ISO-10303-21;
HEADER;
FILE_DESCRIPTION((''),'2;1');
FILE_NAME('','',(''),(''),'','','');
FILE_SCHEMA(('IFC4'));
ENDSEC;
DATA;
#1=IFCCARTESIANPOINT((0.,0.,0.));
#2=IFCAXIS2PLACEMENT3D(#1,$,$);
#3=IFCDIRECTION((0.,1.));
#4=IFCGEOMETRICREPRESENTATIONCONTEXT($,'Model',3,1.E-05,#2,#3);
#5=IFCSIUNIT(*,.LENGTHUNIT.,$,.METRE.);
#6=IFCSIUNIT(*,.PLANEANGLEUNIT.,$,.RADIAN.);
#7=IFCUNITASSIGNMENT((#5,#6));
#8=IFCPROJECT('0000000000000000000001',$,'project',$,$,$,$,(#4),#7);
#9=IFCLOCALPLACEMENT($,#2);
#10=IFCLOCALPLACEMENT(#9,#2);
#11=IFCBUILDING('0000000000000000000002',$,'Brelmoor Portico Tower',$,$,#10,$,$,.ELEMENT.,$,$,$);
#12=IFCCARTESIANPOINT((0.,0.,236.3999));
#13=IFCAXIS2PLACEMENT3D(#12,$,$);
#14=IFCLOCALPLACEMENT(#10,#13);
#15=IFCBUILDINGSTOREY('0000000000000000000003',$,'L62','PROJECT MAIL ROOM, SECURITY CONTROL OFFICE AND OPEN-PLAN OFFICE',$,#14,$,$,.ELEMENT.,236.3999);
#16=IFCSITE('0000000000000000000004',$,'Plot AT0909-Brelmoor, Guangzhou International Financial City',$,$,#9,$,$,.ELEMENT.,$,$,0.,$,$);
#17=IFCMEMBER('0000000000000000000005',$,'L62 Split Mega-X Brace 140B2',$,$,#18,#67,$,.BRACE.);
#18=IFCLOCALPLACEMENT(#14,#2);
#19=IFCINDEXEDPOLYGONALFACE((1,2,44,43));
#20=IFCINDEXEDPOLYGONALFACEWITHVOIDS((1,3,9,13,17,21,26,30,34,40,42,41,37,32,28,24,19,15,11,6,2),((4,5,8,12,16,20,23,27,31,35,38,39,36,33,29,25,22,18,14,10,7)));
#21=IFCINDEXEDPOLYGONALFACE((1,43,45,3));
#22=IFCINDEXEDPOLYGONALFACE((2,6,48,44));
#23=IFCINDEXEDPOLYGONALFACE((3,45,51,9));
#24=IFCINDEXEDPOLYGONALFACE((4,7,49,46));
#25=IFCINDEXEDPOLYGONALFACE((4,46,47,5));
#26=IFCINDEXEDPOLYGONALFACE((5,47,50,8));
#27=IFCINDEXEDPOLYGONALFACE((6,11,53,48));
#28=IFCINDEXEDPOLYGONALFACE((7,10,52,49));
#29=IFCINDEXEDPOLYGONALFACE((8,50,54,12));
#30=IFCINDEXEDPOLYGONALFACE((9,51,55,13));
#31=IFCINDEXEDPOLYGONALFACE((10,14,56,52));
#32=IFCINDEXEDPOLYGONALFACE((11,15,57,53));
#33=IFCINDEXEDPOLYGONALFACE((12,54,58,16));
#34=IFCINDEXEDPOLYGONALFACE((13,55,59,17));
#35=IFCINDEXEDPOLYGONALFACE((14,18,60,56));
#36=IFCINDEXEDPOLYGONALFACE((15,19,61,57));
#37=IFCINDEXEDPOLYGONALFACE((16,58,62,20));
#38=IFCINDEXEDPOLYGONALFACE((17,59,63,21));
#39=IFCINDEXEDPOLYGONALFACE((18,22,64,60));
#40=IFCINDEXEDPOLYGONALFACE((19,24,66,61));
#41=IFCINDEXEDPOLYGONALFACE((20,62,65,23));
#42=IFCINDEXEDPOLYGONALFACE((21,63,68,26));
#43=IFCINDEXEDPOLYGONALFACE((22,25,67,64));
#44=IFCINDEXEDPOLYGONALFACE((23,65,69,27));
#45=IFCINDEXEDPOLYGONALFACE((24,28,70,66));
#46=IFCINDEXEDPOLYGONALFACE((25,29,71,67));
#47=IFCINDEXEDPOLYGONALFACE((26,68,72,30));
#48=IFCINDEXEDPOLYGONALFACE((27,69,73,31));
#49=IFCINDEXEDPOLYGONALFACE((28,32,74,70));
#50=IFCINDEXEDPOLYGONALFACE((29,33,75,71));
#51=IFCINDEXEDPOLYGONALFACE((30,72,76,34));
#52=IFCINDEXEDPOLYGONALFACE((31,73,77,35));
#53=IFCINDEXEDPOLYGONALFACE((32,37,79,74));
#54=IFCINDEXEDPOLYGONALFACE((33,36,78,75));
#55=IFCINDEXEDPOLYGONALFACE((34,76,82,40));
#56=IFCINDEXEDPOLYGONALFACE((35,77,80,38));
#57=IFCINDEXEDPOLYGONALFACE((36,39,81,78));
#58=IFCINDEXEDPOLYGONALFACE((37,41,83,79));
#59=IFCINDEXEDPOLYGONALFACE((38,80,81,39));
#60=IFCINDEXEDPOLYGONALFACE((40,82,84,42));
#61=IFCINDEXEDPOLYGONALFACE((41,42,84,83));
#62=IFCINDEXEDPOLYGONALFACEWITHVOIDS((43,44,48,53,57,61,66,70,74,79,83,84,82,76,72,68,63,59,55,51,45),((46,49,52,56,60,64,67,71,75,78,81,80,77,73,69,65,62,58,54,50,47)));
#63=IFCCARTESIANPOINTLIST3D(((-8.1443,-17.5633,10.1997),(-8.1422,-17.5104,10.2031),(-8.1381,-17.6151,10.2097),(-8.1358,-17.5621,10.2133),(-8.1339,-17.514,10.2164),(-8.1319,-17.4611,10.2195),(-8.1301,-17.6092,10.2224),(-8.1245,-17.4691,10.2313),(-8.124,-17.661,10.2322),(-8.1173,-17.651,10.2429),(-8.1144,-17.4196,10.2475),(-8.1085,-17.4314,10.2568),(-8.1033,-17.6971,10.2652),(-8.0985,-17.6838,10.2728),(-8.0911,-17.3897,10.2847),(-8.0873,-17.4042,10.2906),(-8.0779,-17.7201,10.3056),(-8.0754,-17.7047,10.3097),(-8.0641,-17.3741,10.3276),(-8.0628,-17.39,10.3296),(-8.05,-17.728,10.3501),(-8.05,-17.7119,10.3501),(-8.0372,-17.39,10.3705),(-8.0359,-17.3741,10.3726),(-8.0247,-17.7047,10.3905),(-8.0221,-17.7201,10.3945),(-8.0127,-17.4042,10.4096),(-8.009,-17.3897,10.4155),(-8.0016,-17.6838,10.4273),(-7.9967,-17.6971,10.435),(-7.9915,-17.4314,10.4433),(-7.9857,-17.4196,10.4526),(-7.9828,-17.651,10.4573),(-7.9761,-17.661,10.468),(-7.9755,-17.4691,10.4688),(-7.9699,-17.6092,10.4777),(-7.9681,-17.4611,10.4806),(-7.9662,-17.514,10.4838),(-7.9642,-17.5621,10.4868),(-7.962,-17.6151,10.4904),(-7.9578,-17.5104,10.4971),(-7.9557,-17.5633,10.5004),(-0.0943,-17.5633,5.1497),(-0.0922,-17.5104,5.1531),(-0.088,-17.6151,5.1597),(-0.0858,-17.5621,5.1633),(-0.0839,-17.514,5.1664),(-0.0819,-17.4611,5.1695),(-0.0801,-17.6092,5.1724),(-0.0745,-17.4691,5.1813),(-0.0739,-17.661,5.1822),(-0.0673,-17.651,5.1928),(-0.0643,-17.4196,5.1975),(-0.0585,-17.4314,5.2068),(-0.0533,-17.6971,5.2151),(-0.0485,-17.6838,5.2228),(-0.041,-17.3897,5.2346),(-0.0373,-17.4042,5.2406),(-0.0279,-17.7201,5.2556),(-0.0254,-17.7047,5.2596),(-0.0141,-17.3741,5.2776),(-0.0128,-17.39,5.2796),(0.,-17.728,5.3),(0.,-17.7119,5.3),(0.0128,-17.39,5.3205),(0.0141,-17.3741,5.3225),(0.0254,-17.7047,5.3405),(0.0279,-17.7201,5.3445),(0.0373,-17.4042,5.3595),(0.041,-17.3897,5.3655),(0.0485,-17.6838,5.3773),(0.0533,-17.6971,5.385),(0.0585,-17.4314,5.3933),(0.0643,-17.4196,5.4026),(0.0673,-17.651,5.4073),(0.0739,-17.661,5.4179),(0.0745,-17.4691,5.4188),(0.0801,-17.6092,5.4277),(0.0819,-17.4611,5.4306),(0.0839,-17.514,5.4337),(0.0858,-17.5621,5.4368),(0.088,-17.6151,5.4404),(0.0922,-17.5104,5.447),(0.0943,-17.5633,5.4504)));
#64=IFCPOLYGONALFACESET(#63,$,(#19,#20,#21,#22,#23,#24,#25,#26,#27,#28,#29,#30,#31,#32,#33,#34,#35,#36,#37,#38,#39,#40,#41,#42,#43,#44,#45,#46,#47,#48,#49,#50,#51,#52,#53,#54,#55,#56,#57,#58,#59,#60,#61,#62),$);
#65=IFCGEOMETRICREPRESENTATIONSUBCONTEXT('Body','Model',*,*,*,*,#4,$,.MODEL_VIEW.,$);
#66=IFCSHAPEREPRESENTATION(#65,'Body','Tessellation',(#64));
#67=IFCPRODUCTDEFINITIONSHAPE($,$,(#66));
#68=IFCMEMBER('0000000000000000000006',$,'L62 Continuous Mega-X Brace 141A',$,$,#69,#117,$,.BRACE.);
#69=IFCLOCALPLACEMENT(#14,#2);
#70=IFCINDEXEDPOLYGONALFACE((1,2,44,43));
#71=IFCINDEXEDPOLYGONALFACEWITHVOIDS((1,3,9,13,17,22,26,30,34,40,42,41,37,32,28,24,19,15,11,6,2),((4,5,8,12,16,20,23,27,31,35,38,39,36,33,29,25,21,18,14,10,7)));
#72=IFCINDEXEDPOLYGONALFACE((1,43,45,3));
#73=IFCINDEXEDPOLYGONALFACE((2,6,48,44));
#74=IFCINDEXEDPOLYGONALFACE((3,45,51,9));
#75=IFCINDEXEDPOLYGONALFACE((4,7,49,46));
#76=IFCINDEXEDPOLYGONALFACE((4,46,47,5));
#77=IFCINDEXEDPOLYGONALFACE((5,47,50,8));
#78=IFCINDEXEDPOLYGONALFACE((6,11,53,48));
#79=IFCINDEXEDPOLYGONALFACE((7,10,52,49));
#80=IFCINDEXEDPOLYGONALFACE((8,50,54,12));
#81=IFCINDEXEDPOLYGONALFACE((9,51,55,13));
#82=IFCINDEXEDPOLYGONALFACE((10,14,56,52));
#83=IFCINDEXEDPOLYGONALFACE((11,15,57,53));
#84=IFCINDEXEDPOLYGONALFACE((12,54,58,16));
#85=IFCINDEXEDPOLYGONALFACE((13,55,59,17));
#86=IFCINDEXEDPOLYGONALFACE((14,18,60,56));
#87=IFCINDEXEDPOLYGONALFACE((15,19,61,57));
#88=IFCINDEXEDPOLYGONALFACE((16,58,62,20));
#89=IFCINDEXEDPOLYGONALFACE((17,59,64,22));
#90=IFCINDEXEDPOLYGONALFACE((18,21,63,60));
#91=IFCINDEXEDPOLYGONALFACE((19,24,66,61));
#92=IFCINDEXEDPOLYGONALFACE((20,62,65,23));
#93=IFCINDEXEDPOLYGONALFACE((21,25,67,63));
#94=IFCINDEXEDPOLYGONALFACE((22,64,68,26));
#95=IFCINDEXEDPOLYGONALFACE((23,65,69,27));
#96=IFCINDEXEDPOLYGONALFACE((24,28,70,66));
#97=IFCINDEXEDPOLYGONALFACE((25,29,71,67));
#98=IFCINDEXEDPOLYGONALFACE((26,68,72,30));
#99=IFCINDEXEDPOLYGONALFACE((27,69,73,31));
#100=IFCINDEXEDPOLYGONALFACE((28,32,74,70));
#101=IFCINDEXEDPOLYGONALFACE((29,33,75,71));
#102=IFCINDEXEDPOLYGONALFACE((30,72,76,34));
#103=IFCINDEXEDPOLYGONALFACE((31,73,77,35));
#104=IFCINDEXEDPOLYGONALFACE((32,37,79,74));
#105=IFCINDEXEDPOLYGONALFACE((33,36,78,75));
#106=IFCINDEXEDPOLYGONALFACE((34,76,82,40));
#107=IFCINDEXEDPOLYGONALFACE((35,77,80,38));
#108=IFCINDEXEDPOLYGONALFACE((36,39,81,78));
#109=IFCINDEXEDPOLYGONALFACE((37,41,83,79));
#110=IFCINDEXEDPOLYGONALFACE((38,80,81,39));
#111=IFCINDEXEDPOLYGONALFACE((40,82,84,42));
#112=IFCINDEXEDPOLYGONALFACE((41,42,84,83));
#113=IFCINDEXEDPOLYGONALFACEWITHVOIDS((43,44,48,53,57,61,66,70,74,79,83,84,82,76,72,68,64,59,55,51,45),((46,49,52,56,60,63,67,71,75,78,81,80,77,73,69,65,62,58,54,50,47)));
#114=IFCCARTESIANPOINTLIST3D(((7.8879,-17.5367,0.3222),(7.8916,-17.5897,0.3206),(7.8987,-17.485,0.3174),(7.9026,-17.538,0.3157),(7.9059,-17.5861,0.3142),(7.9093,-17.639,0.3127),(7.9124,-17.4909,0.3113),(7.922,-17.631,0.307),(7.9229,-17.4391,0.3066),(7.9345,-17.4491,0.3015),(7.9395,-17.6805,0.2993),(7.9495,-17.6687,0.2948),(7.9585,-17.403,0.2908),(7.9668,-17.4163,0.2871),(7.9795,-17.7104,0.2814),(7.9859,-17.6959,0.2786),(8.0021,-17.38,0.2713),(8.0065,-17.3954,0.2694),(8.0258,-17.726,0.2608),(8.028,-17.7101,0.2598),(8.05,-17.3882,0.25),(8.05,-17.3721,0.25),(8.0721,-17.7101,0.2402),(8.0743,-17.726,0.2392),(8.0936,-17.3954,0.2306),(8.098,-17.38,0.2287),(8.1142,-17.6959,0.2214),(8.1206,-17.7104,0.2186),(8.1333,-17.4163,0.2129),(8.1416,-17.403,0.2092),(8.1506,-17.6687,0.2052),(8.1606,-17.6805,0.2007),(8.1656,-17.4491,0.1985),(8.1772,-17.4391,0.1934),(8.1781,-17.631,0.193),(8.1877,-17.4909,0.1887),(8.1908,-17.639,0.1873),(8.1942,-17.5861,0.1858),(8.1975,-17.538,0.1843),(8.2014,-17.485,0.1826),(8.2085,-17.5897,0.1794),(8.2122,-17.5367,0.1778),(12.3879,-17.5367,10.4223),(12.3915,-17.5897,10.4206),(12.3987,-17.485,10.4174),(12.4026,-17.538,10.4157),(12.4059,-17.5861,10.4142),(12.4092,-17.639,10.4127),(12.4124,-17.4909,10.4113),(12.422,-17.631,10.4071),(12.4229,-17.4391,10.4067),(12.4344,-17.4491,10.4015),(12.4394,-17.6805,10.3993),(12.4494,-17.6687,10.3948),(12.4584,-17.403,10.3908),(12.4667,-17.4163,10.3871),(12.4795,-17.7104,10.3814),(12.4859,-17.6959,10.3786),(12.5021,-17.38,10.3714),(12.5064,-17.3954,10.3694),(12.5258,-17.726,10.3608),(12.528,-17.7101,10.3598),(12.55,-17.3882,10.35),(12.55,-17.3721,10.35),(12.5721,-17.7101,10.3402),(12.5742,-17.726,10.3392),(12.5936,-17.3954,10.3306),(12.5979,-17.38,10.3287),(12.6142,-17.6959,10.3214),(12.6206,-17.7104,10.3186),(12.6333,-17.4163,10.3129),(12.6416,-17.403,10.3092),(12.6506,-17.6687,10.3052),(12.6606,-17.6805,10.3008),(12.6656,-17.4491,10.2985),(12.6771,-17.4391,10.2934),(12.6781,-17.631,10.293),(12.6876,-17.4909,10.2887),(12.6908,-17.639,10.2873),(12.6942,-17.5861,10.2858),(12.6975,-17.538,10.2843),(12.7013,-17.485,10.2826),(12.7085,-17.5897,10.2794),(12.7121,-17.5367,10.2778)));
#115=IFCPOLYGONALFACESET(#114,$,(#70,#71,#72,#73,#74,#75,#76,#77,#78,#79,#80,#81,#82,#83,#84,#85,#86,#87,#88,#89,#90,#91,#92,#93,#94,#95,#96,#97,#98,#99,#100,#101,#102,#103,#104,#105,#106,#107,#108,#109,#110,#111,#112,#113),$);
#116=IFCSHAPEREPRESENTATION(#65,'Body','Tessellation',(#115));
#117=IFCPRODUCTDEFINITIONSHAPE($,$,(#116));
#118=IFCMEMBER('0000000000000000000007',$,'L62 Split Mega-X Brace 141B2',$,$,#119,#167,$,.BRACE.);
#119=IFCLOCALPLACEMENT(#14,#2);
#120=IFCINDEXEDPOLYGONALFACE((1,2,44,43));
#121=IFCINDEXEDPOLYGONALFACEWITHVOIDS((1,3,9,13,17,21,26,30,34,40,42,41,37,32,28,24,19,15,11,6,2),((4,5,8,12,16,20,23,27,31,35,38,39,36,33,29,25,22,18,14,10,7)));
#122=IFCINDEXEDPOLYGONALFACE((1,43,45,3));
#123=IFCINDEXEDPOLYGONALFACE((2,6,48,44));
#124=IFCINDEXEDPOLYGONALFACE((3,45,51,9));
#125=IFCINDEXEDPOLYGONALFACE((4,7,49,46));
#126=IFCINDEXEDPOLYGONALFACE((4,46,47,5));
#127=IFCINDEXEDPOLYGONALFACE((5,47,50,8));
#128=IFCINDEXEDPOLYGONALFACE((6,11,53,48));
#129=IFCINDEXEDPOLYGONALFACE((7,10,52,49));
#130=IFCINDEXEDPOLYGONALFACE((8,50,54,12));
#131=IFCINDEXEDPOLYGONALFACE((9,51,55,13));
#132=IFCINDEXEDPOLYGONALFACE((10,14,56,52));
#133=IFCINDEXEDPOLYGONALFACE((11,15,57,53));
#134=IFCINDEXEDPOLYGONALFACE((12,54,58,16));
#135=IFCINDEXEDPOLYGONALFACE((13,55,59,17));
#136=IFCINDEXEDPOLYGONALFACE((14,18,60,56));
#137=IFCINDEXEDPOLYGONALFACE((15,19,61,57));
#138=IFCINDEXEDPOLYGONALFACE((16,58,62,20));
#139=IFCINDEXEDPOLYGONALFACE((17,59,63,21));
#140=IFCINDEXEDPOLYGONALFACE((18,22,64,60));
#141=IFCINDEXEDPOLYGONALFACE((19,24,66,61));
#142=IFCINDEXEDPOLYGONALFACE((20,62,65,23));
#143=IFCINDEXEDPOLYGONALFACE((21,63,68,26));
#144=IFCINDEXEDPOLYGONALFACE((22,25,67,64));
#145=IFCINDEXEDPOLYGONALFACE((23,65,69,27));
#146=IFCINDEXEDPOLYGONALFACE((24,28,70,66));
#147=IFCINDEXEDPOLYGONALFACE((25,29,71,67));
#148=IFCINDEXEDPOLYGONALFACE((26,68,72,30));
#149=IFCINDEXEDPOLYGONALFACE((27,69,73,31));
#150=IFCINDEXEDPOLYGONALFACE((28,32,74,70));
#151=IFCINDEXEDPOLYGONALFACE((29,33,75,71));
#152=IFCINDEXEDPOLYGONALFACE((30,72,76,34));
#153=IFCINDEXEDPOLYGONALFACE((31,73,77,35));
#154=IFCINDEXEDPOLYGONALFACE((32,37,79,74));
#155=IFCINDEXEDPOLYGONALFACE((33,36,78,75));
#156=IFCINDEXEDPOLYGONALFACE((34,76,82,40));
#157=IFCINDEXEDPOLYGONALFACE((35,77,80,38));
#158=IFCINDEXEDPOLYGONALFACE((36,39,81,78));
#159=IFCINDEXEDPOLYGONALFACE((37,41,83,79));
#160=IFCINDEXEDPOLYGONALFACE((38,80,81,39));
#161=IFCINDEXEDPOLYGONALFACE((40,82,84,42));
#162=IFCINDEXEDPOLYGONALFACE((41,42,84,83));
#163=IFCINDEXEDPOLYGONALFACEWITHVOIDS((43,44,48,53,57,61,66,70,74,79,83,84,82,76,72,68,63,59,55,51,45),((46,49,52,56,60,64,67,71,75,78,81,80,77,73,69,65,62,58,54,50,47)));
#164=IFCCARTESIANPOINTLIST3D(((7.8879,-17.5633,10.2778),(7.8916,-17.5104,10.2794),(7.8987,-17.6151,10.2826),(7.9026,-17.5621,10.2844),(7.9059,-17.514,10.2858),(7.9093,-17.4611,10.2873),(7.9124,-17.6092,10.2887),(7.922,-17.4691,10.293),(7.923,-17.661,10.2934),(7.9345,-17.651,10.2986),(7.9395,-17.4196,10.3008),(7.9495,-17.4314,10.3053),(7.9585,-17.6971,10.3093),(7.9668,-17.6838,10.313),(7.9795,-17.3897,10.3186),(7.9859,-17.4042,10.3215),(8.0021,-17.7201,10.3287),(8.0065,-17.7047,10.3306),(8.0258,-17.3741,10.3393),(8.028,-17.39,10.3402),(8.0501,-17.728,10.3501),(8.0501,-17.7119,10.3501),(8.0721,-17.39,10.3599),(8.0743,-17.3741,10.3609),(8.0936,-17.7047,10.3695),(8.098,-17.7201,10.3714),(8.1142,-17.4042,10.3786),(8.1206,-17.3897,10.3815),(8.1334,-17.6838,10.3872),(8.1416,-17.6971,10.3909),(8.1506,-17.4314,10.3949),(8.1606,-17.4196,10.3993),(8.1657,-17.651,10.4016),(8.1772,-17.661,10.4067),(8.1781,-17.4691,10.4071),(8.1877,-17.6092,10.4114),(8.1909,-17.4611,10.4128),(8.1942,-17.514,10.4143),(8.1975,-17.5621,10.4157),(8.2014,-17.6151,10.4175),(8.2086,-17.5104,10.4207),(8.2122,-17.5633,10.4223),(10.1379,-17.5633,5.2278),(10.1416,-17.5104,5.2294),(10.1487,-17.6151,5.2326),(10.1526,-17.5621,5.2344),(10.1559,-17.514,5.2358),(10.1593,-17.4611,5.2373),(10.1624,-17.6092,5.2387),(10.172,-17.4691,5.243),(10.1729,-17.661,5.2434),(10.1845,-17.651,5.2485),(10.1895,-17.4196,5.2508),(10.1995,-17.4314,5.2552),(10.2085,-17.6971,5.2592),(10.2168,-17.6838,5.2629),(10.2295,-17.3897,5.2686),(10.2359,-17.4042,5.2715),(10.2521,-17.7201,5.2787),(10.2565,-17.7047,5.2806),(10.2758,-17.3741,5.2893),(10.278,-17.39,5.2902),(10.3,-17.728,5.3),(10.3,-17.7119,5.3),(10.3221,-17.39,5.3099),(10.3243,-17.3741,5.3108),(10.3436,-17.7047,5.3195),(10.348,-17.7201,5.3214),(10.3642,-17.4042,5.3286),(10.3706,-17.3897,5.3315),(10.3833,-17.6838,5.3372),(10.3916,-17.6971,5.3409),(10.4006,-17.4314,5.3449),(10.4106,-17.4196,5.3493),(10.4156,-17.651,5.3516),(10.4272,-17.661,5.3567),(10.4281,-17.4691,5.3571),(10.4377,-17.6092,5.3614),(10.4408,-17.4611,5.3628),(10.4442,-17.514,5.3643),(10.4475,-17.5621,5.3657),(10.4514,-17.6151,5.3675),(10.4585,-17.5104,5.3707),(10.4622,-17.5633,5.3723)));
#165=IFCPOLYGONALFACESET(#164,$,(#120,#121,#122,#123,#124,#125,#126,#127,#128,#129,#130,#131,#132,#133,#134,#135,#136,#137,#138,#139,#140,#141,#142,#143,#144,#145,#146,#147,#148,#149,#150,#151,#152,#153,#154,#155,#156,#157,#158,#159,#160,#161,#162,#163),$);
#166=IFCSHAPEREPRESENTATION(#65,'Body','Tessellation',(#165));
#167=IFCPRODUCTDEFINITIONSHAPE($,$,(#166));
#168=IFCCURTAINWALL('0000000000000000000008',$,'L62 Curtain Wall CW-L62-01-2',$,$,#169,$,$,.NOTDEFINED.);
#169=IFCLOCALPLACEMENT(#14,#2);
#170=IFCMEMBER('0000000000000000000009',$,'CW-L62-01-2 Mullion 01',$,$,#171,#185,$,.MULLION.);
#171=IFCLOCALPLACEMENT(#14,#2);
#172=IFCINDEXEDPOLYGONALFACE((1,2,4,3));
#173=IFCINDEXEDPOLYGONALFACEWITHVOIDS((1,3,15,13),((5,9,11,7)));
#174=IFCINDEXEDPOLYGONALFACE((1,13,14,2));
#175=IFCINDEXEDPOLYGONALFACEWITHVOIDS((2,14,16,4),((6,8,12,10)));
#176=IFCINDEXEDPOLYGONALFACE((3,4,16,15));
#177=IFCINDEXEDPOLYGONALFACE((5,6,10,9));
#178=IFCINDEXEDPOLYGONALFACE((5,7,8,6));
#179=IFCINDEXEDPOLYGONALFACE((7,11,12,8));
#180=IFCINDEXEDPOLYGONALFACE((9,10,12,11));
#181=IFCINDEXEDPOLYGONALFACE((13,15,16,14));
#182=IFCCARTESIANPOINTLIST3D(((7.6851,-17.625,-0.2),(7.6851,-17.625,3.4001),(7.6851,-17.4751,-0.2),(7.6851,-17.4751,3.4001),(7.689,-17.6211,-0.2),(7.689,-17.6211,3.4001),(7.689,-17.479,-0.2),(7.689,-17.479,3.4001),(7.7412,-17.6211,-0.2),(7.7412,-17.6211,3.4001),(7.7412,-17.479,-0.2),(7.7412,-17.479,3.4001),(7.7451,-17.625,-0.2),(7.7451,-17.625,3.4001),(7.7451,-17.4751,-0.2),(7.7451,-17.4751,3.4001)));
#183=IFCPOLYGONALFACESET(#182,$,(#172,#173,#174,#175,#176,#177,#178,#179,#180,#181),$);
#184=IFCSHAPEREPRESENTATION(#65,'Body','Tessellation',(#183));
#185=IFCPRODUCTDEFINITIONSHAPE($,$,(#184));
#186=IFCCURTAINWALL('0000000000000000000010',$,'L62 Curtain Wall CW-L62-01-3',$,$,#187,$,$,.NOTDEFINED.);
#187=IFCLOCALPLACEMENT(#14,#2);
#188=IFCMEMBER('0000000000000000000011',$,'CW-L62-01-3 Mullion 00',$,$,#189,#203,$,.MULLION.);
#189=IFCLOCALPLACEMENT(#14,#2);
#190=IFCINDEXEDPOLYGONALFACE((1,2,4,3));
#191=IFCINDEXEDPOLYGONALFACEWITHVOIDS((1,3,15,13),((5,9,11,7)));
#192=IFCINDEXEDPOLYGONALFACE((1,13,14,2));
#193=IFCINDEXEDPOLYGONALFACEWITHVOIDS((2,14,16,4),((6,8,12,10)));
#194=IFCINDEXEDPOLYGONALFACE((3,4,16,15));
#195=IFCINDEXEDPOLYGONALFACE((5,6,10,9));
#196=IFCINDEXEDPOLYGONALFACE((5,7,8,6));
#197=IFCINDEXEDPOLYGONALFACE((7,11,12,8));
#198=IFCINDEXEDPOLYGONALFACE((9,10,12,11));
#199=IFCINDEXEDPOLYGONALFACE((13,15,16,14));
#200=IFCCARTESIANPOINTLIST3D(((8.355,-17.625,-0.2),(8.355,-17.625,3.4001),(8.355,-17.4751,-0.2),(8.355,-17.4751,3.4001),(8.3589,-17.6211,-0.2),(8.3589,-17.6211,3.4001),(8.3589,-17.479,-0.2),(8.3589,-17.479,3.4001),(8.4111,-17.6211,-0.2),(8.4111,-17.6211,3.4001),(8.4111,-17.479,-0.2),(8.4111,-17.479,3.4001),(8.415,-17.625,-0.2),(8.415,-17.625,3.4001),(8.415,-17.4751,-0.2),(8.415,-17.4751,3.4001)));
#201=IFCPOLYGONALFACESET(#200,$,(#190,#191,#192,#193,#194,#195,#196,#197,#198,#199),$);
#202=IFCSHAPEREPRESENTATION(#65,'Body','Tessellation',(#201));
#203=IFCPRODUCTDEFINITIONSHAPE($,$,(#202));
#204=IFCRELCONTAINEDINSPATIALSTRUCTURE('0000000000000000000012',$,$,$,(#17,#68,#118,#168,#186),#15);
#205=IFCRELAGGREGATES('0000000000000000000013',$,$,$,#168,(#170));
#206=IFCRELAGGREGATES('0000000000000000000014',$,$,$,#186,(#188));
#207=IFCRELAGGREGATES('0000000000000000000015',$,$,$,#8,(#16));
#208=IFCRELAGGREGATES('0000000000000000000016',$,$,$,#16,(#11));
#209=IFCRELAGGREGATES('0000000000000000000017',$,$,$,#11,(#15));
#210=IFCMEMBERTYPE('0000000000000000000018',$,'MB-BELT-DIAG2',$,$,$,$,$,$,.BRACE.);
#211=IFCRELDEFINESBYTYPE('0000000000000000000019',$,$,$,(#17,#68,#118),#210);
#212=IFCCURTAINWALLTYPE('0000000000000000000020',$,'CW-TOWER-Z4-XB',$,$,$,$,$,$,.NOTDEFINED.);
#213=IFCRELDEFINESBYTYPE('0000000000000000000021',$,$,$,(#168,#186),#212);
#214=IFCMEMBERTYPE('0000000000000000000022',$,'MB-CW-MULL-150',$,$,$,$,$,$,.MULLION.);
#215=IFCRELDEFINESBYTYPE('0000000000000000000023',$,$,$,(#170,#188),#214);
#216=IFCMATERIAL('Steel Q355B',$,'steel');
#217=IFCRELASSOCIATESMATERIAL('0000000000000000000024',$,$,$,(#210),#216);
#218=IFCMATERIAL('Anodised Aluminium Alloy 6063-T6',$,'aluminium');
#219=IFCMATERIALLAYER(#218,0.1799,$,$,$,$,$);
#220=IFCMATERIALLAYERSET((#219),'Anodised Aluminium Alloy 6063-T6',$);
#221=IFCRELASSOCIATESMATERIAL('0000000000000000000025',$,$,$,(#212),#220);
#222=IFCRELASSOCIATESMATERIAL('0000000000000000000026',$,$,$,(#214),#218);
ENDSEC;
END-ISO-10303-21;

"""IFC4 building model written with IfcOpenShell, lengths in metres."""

from ifc_helpers import new_model, si_unit, direction, frame, origin, origin_2d, place, context, subcontext, project, spatial, hollow_rectangle, hollow_circle, extrude, material, layer, layer_set, material_profile, profile_set, type_object, element, aggregate, save


model = new_model("IFC4")

# Units and contexts
model_context = context("Model", 3, precision=1e-05, world=origin(), true_north=direction((0.0, 1.0)))
body_context = subcontext(model_context, "Body", "Model", "MODEL_VIEW")
ifc_project = project(units=[si_unit("LENGTHUNIT", "METRE"), si_unit("PLANEANGLEUNIT", "RADIAN")], contexts=[model_context])

# Site, building, storey
site_placement = place(None, origin())
site = spatial("IfcSite", under=ifc_project, at=site_placement, Name="Plot AT0909-Brelmoor, Guangzhou International Financial City", CompositionType="ELEMENT", RefElevation=0.0)
building_placement = place(site_placement, origin())
building = spatial("IfcBuilding", under=site, at=building_placement, Name="Brelmoor Portico Tower", CompositionType="ELEMENT")
storey_placement = place(building_placement, frame((0.0, 0.0, 236.3999)))
storey = spatial("IfcBuildingStorey", under=building, at=storey_placement, Name="L62", Description="PROJECT MAIL ROOM, SECURITY CONTROL OFFICE AND OPEN-PLAN OFFICE", CompositionType="ELEMENT", Elevation=236.3999)

# Shared definitions
ifc_material_1 = material(Name="Steel Q355B", Category="steel")

# Members
ifc_material_profile_1 = material_profile(ifc_material_1, hollow_circle(Radius=0.178, WallThickness=0.0161, at=origin_2d()), Name="CHS 356x16")
ifc_profile_set_1 = profile_set([ifc_material_profile_1], Name="Steel Q355B")
member_type_1 = type_object("IfcMemberType", Name="MB-BELT-DIAG2", PredefinedType="BRACE", material=ifc_profile_set_1)
for number, where, z_axis, x_axis, name in (
    (1, (0.0, -17.55, 5.3), (-0.847109, 0.0, 0.531418), (0.0, -1.0, 0.0), "L62 Split Mega-X Brace 140B2"),
):
    element("IfcMember", number, at=place(storey_placement, frame(where, z_axis=z_axis, x_axis=x_axis)), inside=storey, type_object=member_type_1, Name=name, PredefinedType="BRACE", context=body_context, shape_type="SweptSolid", body=[
        extrude(hollow_circle(Radius=0.178, WallThickness=0.0161, at=origin_2d()), origin(), (0.0, 0.0, 1.0), 9.5029),
    ])
member_1_placement = place(storey_placement, frame((8.05, -17.55, 0.25), z_axis=(0.406974, 0.0, 0.91344), x_axis=(0.0, 1.0, 0.0)))
element("IfcMember", 2, at=member_1_placement, inside=storey, type_object=member_type_1, Name="L62 Continuous Mega-X Brace 141A", PredefinedType="BRACE", context=body_context, shape_type="SweptSolid", body=[
    extrude(hollow_circle(Radius=0.178, WallThickness=0.0161, at=origin_2d()), origin(), (0.0, 0.0, 1.0), 11.0571),
])
member_2_placement = place(storey_placement, frame((10.3, -17.55, 5.3), z_axis=(-0.406974, 0.0, 0.91344), x_axis=(0.0, -1.0, 0.0)))
element("IfcMember", 3, at=member_2_placement, inside=storey, type_object=member_type_1, Name="L62 Split Mega-X Brace 141B2", PredefinedType="BRACE", context=body_context, shape_type="SweptSolid", body=[
    extrude(hollow_circle(Radius=0.178, WallThickness=0.0161, at=origin_2d()), origin(), (0.0, 0.0, 1.0), 5.5286),
])

# Curtain wall, member
ifc_material_2 = material(Name="Anodised Aluminium Alloy 6063-T6", Category="aluminium")
ifc_layer_1 = layer(ifc_material_2, 0.1799)
ifc_layer_set_1 = layer_set([ifc_layer_1], Name="Anodised Aluminium Alloy 6063-T6")
curtain_wall_type = type_object("IfcCurtainWallType", Name="CW-TOWER-Z4-XB", PredefinedType="NOTDEFINED", material=ifc_layer_set_1)
curtain_wall_1_placement = place(storey_placement, origin())
curtain_wall_1 = element("IfcCurtainWall", 4, at=curtain_wall_1_placement, inside=storey, type_object=curtain_wall_type, Name="L62 Curtain Wall CW-L62-01-2", PredefinedType="NOTDEFINED")
ifc_material_profile_2 = material_profile(ifc_material_2, hollow_rectangle(XDim=0.0601, YDim=0.1499, WallThickness=0.0039, at=origin_2d()), Name="ALU MULLION 60x150")
ifc_profile_set_2 = profile_set([ifc_material_profile_2], Name="Anodised Aluminium Alloy 6063-T6")
member_type_2 = type_object("IfcMemberType", Name="MB-CW-MULL-150", PredefinedType="MULLION", material=ifc_profile_set_2)
member_3_placement = place(storey_placement, frame((7.7151, -17.55, -0.2), z_axis=(0.0, 0.0, 1.0), x_axis=(1.0, 0.0, 0.0)))
member_3 = element("IfcMember", 5, at=member_3_placement, type_object=member_type_2, Name="CW-L62-01-2 Mullion 01", PredefinedType="MULLION", context=body_context, shape_type="SweptSolid", body=[
    extrude(hollow_rectangle(XDim=0.0601, YDim=0.1499, WallThickness=0.0039, at=origin_2d()), origin(), (0.0, 0.0, 1.0), 3.6001),
])

# Curtain wall, member
curtain_wall_2_placement = place(storey_placement, origin())
curtain_wall_2 = element("IfcCurtainWall", 6, at=curtain_wall_2_placement, inside=storey, type_object=curtain_wall_type, Name="L62 Curtain Wall CW-L62-01-3", PredefinedType="NOTDEFINED")
member_4_placement = place(storey_placement, frame((8.385, -17.55, -0.2), z_axis=(0.0, 0.0, 1.0), x_axis=(1.0, 0.0, 0.0)))
member_4 = element("IfcMember", 7, at=member_4_placement, type_object=member_type_2, Name="CW-L62-01-3 Mullion 00", PredefinedType="MULLION", context=body_context, shape_type="SweptSolid", body=[
    extrude(hollow_rectangle(XDim=0.0601, YDim=0.1499, WallThickness=0.0039, at=origin_2d()), origin(), (0.0, 0.0, 1.0), 3.6001),
])

aggregate(curtain_wall_1, [member_3])
aggregate(curtain_wall_2, [member_4])

save(model, "model.ifc")
